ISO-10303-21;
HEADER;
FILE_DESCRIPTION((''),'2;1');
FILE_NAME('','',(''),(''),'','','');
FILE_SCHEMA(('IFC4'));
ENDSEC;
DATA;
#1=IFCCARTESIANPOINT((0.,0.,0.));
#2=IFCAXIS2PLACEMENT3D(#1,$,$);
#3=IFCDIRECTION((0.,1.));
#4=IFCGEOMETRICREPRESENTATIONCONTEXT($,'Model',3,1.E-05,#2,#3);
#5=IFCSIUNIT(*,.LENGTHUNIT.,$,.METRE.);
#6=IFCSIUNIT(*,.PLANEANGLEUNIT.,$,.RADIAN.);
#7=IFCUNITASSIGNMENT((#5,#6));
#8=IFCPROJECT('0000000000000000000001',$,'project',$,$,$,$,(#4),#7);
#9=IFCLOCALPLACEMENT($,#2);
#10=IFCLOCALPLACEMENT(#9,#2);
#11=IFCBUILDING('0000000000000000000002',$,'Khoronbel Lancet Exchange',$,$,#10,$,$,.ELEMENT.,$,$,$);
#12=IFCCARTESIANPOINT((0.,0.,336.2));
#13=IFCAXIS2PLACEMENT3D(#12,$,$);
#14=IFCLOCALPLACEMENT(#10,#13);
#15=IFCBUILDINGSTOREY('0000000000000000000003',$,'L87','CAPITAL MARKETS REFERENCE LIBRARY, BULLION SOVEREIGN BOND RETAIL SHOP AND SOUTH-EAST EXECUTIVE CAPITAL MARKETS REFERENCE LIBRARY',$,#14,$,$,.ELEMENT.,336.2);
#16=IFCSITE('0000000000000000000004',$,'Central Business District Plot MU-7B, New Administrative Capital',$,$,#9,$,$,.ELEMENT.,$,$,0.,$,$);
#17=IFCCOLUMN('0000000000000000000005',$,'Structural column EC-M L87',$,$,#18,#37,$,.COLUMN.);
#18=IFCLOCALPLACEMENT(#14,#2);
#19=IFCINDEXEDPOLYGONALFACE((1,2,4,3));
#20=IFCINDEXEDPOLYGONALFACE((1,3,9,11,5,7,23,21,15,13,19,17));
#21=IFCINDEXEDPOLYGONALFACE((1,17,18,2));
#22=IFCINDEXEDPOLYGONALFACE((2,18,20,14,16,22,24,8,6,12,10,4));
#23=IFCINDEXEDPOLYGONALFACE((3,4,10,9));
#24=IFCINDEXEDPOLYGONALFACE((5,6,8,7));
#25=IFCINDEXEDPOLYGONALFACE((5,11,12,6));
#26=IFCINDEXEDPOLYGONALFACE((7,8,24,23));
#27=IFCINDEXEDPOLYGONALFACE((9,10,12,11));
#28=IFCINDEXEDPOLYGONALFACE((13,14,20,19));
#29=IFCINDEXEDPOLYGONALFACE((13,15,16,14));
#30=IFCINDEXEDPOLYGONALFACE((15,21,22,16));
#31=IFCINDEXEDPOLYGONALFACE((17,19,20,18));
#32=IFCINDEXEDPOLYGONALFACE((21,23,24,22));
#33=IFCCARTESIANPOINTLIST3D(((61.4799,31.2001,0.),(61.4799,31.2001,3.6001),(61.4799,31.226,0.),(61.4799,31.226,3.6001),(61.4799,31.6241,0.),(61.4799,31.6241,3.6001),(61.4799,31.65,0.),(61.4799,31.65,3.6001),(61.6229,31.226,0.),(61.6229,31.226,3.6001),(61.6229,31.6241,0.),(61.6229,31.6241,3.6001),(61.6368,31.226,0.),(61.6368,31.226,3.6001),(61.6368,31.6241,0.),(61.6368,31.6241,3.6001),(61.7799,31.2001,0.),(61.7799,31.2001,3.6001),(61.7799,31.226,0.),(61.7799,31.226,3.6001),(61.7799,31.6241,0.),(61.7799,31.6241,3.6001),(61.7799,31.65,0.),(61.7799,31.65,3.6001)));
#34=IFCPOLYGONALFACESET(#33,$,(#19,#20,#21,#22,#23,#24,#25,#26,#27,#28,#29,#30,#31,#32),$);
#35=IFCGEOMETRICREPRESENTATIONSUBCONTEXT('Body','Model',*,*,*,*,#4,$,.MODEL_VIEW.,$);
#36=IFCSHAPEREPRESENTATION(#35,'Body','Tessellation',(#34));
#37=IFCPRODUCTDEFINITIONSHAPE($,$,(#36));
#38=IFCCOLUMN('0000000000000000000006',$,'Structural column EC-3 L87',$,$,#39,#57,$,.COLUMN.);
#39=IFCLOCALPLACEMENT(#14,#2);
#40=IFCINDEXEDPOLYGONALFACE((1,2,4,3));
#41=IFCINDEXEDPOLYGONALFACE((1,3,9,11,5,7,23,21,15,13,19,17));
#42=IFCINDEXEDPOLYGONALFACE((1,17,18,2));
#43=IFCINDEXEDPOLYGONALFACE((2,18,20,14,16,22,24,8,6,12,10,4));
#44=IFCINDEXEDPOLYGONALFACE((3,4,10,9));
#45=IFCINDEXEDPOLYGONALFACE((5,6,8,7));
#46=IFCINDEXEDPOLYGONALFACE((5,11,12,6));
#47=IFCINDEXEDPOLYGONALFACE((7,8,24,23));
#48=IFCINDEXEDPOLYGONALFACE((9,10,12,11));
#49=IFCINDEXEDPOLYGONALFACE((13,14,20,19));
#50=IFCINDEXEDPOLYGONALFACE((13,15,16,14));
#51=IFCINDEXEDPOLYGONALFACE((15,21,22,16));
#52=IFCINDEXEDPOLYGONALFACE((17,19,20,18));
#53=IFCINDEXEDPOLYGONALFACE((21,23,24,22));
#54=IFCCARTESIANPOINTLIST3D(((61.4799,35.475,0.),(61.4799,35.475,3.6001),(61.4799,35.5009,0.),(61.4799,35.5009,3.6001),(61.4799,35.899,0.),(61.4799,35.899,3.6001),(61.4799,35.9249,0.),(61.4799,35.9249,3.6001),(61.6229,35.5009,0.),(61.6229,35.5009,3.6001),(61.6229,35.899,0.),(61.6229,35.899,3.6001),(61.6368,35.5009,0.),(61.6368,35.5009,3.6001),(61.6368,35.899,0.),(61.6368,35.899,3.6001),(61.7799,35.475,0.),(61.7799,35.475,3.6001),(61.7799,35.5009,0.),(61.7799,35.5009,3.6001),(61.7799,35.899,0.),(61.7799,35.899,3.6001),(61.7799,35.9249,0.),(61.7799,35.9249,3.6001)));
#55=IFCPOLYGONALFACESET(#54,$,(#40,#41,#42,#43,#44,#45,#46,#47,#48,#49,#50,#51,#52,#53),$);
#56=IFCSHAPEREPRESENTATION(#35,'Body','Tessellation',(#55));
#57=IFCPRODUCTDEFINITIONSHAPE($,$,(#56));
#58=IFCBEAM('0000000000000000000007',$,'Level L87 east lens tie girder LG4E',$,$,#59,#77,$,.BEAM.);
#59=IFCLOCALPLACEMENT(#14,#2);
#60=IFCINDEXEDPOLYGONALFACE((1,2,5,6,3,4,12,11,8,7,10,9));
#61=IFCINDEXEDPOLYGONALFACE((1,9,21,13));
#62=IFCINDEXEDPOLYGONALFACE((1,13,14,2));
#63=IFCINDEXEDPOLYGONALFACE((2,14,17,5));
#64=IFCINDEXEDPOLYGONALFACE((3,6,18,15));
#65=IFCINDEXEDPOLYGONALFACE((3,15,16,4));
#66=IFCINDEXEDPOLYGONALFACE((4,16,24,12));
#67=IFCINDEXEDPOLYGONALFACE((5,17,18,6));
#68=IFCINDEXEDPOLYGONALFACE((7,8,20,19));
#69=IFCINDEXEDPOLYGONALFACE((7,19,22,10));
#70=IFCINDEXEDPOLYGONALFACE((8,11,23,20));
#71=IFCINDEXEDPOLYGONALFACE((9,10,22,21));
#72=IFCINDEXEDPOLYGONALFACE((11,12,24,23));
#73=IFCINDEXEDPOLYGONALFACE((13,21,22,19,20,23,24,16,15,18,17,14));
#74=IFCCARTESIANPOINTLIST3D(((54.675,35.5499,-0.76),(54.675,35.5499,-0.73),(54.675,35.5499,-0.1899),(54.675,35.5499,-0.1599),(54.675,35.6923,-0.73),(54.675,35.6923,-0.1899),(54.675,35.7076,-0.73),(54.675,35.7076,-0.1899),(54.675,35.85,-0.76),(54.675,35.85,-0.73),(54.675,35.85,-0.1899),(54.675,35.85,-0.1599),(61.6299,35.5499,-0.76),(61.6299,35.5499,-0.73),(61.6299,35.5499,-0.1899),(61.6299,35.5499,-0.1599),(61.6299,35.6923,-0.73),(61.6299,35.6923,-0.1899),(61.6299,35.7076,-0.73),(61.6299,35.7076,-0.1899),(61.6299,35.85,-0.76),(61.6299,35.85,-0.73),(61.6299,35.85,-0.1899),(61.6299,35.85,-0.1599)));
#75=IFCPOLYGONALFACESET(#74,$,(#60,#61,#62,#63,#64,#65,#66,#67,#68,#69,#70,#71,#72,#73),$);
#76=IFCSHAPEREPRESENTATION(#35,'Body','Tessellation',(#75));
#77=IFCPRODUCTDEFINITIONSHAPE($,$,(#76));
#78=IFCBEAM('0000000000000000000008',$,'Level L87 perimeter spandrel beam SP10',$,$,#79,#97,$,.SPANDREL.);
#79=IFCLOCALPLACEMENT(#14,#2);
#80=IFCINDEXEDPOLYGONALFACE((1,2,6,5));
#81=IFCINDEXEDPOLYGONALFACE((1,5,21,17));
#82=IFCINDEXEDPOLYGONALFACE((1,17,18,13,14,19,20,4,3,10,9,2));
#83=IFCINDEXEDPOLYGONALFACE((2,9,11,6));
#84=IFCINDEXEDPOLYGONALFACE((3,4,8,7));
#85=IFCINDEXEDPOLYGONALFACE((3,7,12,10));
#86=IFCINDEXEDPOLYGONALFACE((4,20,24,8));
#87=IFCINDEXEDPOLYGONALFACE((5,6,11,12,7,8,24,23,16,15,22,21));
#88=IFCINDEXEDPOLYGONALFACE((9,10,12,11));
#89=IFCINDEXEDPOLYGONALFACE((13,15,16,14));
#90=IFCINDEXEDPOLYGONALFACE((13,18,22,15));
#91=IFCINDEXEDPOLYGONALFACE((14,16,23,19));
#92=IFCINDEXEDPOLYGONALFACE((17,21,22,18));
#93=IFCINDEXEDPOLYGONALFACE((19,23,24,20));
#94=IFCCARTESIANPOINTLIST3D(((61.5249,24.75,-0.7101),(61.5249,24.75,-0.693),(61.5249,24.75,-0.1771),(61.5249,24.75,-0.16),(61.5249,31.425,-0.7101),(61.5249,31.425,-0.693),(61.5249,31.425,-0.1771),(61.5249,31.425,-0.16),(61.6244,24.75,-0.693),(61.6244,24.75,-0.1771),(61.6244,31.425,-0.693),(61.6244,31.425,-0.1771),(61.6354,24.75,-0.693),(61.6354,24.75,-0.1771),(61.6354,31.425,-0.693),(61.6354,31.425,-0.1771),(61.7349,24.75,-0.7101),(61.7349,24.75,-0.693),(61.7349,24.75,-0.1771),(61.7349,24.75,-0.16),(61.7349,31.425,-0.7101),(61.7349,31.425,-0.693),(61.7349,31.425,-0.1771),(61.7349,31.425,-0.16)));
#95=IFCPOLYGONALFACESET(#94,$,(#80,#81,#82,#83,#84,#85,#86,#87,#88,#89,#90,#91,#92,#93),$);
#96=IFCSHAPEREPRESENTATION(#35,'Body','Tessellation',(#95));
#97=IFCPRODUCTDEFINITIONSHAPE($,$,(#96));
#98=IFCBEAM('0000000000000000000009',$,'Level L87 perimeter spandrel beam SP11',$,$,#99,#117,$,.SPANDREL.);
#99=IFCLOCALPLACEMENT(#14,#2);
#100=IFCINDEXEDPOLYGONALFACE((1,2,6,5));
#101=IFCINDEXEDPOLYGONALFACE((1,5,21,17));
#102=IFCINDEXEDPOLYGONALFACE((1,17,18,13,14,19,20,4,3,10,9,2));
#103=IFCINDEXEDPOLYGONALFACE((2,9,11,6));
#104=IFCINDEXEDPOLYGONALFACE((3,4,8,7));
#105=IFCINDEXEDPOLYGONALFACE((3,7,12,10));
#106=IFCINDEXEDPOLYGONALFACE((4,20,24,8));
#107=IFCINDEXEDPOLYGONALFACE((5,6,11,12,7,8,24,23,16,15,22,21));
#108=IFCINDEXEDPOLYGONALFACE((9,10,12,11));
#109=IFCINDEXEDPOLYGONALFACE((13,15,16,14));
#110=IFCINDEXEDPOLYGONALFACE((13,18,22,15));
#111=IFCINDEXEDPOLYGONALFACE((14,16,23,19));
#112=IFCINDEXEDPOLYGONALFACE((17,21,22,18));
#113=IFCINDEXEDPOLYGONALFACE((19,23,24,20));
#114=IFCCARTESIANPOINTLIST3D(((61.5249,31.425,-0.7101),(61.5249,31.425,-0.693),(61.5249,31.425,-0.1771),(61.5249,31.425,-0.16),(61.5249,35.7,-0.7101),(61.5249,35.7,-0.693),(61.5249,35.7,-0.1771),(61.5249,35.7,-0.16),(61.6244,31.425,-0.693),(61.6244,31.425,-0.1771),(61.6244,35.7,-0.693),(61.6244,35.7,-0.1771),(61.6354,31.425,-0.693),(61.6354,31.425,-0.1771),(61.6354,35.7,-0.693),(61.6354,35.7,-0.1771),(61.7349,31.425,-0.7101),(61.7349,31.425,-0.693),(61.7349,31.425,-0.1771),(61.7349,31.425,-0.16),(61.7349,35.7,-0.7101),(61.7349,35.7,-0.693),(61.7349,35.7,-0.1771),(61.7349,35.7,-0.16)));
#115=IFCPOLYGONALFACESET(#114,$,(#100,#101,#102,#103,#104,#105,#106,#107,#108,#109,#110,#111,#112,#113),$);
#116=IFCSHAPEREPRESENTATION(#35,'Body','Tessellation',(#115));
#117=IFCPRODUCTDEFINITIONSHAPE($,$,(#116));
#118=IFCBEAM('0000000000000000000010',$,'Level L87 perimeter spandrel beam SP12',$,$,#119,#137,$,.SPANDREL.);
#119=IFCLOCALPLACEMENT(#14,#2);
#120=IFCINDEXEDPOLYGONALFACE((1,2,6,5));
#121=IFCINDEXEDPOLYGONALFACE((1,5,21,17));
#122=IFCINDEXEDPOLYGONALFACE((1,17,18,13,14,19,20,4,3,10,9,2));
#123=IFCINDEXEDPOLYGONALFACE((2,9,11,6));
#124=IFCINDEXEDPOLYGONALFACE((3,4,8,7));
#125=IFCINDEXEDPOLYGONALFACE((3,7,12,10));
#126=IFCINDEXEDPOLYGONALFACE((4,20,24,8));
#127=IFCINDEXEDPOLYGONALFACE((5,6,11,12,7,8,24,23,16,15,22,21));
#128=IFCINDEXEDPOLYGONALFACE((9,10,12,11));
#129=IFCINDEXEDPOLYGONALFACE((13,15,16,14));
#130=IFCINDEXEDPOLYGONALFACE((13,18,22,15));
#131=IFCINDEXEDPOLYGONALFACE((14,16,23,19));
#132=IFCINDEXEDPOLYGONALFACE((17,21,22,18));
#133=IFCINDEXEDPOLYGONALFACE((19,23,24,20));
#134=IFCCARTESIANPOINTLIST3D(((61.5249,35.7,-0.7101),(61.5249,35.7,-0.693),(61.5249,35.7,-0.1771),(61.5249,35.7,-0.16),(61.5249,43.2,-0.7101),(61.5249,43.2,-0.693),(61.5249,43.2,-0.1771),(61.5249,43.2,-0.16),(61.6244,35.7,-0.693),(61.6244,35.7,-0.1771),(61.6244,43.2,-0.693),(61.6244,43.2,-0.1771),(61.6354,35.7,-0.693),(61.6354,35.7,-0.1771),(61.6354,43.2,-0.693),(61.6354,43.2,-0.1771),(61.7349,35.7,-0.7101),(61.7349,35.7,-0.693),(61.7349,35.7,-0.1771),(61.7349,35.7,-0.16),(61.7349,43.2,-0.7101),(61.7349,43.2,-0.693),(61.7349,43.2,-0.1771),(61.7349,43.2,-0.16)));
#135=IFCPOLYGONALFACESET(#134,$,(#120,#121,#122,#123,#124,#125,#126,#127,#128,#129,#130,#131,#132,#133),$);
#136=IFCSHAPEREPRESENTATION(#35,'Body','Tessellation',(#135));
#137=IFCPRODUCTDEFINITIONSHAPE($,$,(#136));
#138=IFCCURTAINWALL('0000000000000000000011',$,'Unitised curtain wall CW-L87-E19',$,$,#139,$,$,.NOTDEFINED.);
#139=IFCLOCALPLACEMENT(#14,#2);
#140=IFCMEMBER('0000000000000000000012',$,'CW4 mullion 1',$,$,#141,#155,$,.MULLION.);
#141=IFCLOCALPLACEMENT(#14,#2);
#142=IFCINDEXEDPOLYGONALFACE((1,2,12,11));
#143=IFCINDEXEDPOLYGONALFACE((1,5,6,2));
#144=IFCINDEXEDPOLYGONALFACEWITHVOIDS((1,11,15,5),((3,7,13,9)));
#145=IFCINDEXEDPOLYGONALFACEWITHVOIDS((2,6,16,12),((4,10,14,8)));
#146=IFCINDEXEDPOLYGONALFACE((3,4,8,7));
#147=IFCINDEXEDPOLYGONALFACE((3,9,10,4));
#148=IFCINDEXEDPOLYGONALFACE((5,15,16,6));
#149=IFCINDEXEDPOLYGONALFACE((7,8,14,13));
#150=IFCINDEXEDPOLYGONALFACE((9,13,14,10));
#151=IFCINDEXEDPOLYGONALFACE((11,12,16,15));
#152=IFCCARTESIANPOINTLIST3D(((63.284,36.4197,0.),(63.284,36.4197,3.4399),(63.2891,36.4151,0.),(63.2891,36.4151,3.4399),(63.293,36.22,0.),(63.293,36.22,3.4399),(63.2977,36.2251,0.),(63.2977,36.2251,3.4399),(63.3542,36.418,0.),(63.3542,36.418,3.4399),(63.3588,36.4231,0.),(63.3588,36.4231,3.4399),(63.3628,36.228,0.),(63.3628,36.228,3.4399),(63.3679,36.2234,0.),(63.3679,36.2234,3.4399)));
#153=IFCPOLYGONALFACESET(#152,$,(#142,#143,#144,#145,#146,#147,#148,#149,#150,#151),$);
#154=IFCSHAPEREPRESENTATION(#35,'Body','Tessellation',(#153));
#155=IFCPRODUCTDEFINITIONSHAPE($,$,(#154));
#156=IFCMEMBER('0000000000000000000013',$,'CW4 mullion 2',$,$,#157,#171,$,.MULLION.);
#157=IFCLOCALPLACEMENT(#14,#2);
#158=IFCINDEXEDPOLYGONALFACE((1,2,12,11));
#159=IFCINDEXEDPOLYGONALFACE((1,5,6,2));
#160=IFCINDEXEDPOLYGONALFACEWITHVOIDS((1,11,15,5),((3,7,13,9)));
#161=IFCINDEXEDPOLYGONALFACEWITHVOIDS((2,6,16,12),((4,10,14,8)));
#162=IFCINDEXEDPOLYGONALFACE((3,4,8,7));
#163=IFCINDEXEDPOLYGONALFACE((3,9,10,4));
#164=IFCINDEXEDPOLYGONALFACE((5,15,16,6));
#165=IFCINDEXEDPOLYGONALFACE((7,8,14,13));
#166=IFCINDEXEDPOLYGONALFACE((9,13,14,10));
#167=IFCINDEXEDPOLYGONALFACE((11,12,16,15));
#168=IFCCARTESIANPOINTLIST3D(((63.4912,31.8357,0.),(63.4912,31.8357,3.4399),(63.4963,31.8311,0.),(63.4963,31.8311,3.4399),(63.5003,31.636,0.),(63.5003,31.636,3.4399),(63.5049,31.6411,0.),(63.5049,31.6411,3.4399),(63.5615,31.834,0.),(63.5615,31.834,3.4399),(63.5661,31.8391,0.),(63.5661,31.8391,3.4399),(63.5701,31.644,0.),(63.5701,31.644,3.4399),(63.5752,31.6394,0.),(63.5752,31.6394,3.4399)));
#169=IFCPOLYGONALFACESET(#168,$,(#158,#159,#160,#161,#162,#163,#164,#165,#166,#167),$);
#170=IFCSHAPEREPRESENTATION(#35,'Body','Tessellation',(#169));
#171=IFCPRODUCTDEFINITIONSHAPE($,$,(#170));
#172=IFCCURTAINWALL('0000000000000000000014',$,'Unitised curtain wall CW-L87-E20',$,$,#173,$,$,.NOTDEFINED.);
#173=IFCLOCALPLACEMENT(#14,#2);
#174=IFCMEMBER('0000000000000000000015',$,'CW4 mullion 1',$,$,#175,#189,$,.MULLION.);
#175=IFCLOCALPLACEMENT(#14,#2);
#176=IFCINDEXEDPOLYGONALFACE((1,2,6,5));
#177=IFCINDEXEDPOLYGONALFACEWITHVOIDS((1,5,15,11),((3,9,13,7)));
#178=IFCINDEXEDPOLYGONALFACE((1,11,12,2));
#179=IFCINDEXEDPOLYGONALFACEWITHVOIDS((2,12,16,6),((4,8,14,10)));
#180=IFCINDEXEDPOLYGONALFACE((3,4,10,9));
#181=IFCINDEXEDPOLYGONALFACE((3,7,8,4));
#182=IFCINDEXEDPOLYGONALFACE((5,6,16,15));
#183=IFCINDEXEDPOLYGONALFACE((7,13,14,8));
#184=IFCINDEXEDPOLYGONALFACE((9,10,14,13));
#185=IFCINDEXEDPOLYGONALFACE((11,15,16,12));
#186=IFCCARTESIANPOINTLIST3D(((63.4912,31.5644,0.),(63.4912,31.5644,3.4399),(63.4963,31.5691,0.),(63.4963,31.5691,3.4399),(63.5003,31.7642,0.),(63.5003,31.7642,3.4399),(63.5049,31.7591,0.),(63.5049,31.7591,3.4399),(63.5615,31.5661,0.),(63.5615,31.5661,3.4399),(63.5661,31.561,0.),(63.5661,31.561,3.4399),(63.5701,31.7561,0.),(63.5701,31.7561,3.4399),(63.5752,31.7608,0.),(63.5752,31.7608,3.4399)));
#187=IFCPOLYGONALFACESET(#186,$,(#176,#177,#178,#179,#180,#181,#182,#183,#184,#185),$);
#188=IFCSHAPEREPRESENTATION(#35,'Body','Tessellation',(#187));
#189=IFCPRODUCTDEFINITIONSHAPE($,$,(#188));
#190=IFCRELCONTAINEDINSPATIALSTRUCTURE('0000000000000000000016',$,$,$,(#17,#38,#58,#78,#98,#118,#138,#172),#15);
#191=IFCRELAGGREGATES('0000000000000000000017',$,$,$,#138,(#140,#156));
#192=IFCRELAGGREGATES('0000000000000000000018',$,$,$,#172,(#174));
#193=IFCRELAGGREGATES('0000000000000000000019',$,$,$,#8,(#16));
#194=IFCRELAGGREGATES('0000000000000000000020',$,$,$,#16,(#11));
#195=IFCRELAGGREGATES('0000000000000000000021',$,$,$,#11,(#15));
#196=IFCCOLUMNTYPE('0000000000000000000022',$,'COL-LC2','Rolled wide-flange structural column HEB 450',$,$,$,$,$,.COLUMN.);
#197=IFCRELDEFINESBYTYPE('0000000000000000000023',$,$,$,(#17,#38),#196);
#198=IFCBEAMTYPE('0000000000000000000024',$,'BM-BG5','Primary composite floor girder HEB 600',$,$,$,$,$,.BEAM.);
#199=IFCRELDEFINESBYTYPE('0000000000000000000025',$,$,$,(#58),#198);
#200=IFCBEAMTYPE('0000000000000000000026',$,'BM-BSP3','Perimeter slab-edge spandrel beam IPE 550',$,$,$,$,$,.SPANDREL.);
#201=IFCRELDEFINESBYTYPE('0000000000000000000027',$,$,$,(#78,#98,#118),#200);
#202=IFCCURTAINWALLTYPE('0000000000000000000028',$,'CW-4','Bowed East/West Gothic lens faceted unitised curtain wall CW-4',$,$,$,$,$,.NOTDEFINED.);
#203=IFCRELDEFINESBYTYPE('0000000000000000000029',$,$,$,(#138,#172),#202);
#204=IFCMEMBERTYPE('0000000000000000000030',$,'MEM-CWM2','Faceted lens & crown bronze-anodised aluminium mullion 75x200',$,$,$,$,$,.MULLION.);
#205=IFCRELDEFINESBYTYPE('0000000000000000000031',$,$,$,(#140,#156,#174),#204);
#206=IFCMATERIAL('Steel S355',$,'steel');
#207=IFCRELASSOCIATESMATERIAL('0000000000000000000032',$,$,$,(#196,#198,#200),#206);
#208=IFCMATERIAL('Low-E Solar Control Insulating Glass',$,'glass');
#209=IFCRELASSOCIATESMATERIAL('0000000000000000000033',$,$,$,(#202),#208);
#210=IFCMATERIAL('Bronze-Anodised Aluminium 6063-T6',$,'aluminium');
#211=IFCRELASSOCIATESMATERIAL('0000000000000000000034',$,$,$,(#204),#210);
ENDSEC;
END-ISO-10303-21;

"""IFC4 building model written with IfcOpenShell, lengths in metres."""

from ifc_helpers import new_model, si_unit, direction, frame, origin, origin_2d, place, context, subcontext, project, spatial, hollow_rectangle, i_section, extrude, material, material_profile, profile_set, type_object, element, aggregate, save


model = new_model("IFC4")

# Units and contexts
model_context = context("Model", 3, precision=1e-05, world=origin(), true_north=direction((0.0, 1.0)))
body_context = subcontext(model_context, "Body", "Model", "MODEL_VIEW")
ifc_project = project(units=[si_unit("LENGTHUNIT", "METRE"), si_unit("PLANEANGLEUNIT", "RADIAN")], contexts=[model_context])

# Site, building, storey
site_placement = place(None, origin())
site = spatial("IfcSite", under=ifc_project, at=site_placement, Name="Central Business District Plot MU-7B, New Administrative Capital", CompositionType="ELEMENT", RefElevation=0.0)
building_placement = place(site_placement, origin())
building = spatial("IfcBuilding", under=site, at=building_placement, Name="Khoronbel Lancet Exchange", CompositionType="ELEMENT")
storey_placement = place(building_placement, frame((0.0, 0.0, 336.2)))
storey = spatial("IfcBuildingStorey", under=building, at=storey_placement, Name="L87", Description="CAPITAL MARKETS REFERENCE LIBRARY, BULLION SOVEREIGN BOND RETAIL SHOP AND SOUTH-EAST EXECUTIVE CAPITAL MARKETS REFERENCE LIBRARY", CompositionType="ELEMENT", Elevation=336.2)

# Columns
ifc_material_1 = material(Name="Steel S355", Category="steel")
ifc_material_profile_1 = material_profile(ifc_material_1, i_section(OverallWidth=0.3, OverallDepth=0.45, WebThickness=0.0139, FlangeThickness=0.0259, at=origin_2d()), Name="HEB 450")
ifc_profile_set_1 = profile_set([ifc_material_profile_1], Name="Steel S355")
column_type = type_object("IfcColumnType", Name="COL-LC2", Description="Rolled wide-flange structural column HEB 450", PredefinedType="COLUMN", material=ifc_profile_set_1)
for number, where, z_axis, x_axis, name in (
    (1, (61.6299, 31.425, 0.0), (0.0, 0.0, 1.0), (1.0, 0.0, 0.0), "Structural column EC-M L87"),
    (2, (61.6299, 35.7, 0.0), (0.0, 0.0, 1.0), (1.0, 0.0, 0.0), "Structural column EC-3 L87"),
):
    element("IfcColumn", number, at=place(storey_placement, frame(where, z_axis=z_axis, x_axis=x_axis)), inside=storey, type_object=column_type, Name=name, PredefinedType="COLUMN", context=body_context, shape_type="SweptSolid", body=[
        extrude(i_section(OverallWidth=0.3, OverallDepth=0.45, WebThickness=0.0139, FlangeThickness=0.0259, at=origin_2d()), origin(), (0.0, 0.0, 1.0), 3.6001),
    ])

# Beams
ifc_material_profile_2 = material_profile(ifc_material_1, i_section(OverallWidth=0.3, OverallDepth=0.6001, WebThickness=0.0154, FlangeThickness=0.03, at=origin_2d()), Name="HEB 600")
ifc_profile_set_2 = profile_set([ifc_material_profile_2], Name="Steel S355")
beam_type_1 = type_object("IfcBeamType", Name="BM-BG5", Description="Primary composite floor girder HEB 600", PredefinedType="BEAM", material=ifc_profile_set_2)
beam_1_placement = place(storey_placement, frame((54.675, 35.7, -0.46), z_axis=(1.0, 0.0, 0.0), x_axis=(0.0, 1.0, 0.0)))
element("IfcBeam", 3, at=beam_1_placement, inside=storey, type_object=beam_type_1, Name="Level L87 east lens tie girder LG4E", PredefinedType="BEAM", context=body_context, shape_type="SweptSolid", body=[
    extrude(i_section(OverallWidth=0.3, OverallDepth=0.6001, WebThickness=0.0154, FlangeThickness=0.03, at=origin_2d()), origin(), (0.0, 0.0, 1.0), 6.9548),
])
ifc_material_profile_3 = material_profile(ifc_material_1, i_section(OverallWidth=0.21, OverallDepth=0.55, WebThickness=0.011, FlangeThickness=0.0171, at=origin_2d()), Name="IPE 550")
ifc_profile_set_3 = profile_set([ifc_material_profile_3], Name="Steel S355")
beam_type_2 = type_object("IfcBeamType", Name="BM-BSP3", Description="Perimeter slab-edge spandrel beam IPE 550", PredefinedType="SPANDREL", material=ifc_profile_set_3)
beam_2_placement = place(storey_placement, frame((61.6299, 24.75, -0.4351), z_axis=(0.0, 1.0, 0.0), x_axis=(-1.0, 0.0, 0.0)))
element("IfcBeam", 4, at=beam_2_placement, inside=storey, type_object=beam_type_2, Name="Level L87 perimeter spandrel beam SP10", PredefinedType="SPANDREL", context=body_context, shape_type="SweptSolid", body=[
    extrude(i_section(OverallWidth=0.21, OverallDepth=0.55, WebThickness=0.011, FlangeThickness=0.0171, at=origin_2d()), origin(), (0.0, 0.0, 1.0), 6.675),
])
beam_3_placement = place(storey_placement, frame((61.6299, 31.425, -0.4351), z_axis=(0.0, 1.0, 0.0), x_axis=(-1.0, 0.0, 0.0)))
element("IfcBeam", 5, at=beam_3_placement, inside=storey, type_object=beam_type_2, Name="Level L87 perimeter spandrel beam SP11", PredefinedType="SPANDREL", context=body_context, shape_type="SweptSolid", body=[
    extrude(i_section(OverallWidth=0.21, OverallDepth=0.55, WebThickness=0.011, FlangeThickness=0.0171, at=origin_2d()), origin(), (0.0, 0.0, 1.0), 4.2749),
])
beam_4_placement = place(storey_placement, frame((61.6299, 35.7, -0.4351), z_axis=(0.0, 1.0, 0.0), x_axis=(-1.0, 0.0, 0.0)))
element("IfcBeam", 6, at=beam_4_placement, inside=storey, type_object=beam_type_2, Name="Level L87 perimeter spandrel beam SP12", PredefinedType="SPANDREL", context=body_context, shape_type="SweptSolid", body=[
    extrude(i_section(OverallWidth=0.21, OverallDepth=0.55, WebThickness=0.011, FlangeThickness=0.0171, at=origin_2d()), origin(), (0.0, 0.0, 1.0), 7.5),
])

# Curtain walls, members
ifc_material_2 = material(Name="Low-E Solar Control Insulating Glass", Category="glass")
curtain_wall_type = type_object("IfcCurtainWallType", Name="CW-4", Description="Bowed East/West Gothic lens faceted unitised curtain wall CW-4", PredefinedType="NOTDEFINED", material=ifc_material_2)
curtain_wall_1_placement = place(storey_placement, origin())
curtain_wall_1 = element("IfcCurtainWall", 7, at=curtain_wall_1_placement, inside=storey, type_object=curtain_wall_type, Name="Unitised curtain wall CW-L87-E19", PredefinedType="NOTDEFINED")
ifc_material_3 = material(Name="Bronze-Anodised Aluminium 6063-T6", Category="aluminium")
ifc_material_profile_4 = material_profile(ifc_material_3, hollow_rectangle(XDim=0.075, YDim=0.2, WallThickness=0.0049, at=origin_2d()), Name="ALU MULLION 75x200")
ifc_profile_set_4 = profile_set([ifc_material_profile_4], Name="Bronze-Anodised Aluminium 6063-T6")
member_type_1 = type_object("IfcMemberType", Name="MEM-CWM2", Description="Faceted lens & crown bronze-anodised aluminium mullion 75x200", PredefinedType="MULLION", material=ifc_profile_set_4)
member_1_placement = place(storey_placement, frame((63.3259, 36.3215, 0.0), z_axis=(0.0, 0.0, 1.0), x_axis=(0.998979, 0.045177, 0.0)))
member_1 = element("IfcMember", 8, at=member_1_placement, type_object=member_type_1, Name="CW4 mullion 1", PredefinedType="MULLION", context=body_context, shape_type="SweptSolid", body=[
    extrude(hollow_rectangle(XDim=0.075, YDim=0.2, WallThickness=0.0049, at=origin_2d()), origin(), (0.0, 0.0, 1.0), 3.4399),
])
member_2_placement = place(storey_placement, frame((63.5332, 31.7375, 0.0), z_axis=(0.0, 0.0, 1.0), x_axis=(0.998979, 0.045177, 0.0)))
member_2 = element("IfcMember", 9, at=member_2_placement, type_object=member_type_1, Name="CW4 mullion 2", PredefinedType="MULLION", context=body_context, shape_type="SweptSolid", body=[
    extrude(hollow_rectangle(XDim=0.075, YDim=0.2, WallThickness=0.0049, at=origin_2d()), origin(), (0.0, 0.0, 1.0), 3.4399),
])
curtain_wall_2_placement = place(storey_placement, origin())
curtain_wall_2 = element("IfcCurtainWall", 10, at=curtain_wall_2_placement, inside=storey, type_object=curtain_wall_type, Name="Unitised curtain wall CW-L87-E20", PredefinedType="NOTDEFINED")
member_3_placement = place(storey_placement, frame((63.5332, 31.6626, 0.0), z_axis=(0.0, 0.0, 1.0), x_axis=(0.998979, -0.045177, 0.0)))
member_3 = element("IfcMember", 11, at=member_3_placement, type_object=member_type_1, Name="CW4 mullion 1", PredefinedType="MULLION", context=body_context, shape_type="SweptSolid", body=[
    extrude(hollow_rectangle(XDim=0.075, YDim=0.2, WallThickness=0.0049, at=origin_2d()), origin(), (0.0, 0.0, 1.0), 3.4399),
])

aggregate(curtain_wall_1, [member_1, member_2])
aggregate(curtain_wall_2, [member_3])

save(model, "model.ifc")
